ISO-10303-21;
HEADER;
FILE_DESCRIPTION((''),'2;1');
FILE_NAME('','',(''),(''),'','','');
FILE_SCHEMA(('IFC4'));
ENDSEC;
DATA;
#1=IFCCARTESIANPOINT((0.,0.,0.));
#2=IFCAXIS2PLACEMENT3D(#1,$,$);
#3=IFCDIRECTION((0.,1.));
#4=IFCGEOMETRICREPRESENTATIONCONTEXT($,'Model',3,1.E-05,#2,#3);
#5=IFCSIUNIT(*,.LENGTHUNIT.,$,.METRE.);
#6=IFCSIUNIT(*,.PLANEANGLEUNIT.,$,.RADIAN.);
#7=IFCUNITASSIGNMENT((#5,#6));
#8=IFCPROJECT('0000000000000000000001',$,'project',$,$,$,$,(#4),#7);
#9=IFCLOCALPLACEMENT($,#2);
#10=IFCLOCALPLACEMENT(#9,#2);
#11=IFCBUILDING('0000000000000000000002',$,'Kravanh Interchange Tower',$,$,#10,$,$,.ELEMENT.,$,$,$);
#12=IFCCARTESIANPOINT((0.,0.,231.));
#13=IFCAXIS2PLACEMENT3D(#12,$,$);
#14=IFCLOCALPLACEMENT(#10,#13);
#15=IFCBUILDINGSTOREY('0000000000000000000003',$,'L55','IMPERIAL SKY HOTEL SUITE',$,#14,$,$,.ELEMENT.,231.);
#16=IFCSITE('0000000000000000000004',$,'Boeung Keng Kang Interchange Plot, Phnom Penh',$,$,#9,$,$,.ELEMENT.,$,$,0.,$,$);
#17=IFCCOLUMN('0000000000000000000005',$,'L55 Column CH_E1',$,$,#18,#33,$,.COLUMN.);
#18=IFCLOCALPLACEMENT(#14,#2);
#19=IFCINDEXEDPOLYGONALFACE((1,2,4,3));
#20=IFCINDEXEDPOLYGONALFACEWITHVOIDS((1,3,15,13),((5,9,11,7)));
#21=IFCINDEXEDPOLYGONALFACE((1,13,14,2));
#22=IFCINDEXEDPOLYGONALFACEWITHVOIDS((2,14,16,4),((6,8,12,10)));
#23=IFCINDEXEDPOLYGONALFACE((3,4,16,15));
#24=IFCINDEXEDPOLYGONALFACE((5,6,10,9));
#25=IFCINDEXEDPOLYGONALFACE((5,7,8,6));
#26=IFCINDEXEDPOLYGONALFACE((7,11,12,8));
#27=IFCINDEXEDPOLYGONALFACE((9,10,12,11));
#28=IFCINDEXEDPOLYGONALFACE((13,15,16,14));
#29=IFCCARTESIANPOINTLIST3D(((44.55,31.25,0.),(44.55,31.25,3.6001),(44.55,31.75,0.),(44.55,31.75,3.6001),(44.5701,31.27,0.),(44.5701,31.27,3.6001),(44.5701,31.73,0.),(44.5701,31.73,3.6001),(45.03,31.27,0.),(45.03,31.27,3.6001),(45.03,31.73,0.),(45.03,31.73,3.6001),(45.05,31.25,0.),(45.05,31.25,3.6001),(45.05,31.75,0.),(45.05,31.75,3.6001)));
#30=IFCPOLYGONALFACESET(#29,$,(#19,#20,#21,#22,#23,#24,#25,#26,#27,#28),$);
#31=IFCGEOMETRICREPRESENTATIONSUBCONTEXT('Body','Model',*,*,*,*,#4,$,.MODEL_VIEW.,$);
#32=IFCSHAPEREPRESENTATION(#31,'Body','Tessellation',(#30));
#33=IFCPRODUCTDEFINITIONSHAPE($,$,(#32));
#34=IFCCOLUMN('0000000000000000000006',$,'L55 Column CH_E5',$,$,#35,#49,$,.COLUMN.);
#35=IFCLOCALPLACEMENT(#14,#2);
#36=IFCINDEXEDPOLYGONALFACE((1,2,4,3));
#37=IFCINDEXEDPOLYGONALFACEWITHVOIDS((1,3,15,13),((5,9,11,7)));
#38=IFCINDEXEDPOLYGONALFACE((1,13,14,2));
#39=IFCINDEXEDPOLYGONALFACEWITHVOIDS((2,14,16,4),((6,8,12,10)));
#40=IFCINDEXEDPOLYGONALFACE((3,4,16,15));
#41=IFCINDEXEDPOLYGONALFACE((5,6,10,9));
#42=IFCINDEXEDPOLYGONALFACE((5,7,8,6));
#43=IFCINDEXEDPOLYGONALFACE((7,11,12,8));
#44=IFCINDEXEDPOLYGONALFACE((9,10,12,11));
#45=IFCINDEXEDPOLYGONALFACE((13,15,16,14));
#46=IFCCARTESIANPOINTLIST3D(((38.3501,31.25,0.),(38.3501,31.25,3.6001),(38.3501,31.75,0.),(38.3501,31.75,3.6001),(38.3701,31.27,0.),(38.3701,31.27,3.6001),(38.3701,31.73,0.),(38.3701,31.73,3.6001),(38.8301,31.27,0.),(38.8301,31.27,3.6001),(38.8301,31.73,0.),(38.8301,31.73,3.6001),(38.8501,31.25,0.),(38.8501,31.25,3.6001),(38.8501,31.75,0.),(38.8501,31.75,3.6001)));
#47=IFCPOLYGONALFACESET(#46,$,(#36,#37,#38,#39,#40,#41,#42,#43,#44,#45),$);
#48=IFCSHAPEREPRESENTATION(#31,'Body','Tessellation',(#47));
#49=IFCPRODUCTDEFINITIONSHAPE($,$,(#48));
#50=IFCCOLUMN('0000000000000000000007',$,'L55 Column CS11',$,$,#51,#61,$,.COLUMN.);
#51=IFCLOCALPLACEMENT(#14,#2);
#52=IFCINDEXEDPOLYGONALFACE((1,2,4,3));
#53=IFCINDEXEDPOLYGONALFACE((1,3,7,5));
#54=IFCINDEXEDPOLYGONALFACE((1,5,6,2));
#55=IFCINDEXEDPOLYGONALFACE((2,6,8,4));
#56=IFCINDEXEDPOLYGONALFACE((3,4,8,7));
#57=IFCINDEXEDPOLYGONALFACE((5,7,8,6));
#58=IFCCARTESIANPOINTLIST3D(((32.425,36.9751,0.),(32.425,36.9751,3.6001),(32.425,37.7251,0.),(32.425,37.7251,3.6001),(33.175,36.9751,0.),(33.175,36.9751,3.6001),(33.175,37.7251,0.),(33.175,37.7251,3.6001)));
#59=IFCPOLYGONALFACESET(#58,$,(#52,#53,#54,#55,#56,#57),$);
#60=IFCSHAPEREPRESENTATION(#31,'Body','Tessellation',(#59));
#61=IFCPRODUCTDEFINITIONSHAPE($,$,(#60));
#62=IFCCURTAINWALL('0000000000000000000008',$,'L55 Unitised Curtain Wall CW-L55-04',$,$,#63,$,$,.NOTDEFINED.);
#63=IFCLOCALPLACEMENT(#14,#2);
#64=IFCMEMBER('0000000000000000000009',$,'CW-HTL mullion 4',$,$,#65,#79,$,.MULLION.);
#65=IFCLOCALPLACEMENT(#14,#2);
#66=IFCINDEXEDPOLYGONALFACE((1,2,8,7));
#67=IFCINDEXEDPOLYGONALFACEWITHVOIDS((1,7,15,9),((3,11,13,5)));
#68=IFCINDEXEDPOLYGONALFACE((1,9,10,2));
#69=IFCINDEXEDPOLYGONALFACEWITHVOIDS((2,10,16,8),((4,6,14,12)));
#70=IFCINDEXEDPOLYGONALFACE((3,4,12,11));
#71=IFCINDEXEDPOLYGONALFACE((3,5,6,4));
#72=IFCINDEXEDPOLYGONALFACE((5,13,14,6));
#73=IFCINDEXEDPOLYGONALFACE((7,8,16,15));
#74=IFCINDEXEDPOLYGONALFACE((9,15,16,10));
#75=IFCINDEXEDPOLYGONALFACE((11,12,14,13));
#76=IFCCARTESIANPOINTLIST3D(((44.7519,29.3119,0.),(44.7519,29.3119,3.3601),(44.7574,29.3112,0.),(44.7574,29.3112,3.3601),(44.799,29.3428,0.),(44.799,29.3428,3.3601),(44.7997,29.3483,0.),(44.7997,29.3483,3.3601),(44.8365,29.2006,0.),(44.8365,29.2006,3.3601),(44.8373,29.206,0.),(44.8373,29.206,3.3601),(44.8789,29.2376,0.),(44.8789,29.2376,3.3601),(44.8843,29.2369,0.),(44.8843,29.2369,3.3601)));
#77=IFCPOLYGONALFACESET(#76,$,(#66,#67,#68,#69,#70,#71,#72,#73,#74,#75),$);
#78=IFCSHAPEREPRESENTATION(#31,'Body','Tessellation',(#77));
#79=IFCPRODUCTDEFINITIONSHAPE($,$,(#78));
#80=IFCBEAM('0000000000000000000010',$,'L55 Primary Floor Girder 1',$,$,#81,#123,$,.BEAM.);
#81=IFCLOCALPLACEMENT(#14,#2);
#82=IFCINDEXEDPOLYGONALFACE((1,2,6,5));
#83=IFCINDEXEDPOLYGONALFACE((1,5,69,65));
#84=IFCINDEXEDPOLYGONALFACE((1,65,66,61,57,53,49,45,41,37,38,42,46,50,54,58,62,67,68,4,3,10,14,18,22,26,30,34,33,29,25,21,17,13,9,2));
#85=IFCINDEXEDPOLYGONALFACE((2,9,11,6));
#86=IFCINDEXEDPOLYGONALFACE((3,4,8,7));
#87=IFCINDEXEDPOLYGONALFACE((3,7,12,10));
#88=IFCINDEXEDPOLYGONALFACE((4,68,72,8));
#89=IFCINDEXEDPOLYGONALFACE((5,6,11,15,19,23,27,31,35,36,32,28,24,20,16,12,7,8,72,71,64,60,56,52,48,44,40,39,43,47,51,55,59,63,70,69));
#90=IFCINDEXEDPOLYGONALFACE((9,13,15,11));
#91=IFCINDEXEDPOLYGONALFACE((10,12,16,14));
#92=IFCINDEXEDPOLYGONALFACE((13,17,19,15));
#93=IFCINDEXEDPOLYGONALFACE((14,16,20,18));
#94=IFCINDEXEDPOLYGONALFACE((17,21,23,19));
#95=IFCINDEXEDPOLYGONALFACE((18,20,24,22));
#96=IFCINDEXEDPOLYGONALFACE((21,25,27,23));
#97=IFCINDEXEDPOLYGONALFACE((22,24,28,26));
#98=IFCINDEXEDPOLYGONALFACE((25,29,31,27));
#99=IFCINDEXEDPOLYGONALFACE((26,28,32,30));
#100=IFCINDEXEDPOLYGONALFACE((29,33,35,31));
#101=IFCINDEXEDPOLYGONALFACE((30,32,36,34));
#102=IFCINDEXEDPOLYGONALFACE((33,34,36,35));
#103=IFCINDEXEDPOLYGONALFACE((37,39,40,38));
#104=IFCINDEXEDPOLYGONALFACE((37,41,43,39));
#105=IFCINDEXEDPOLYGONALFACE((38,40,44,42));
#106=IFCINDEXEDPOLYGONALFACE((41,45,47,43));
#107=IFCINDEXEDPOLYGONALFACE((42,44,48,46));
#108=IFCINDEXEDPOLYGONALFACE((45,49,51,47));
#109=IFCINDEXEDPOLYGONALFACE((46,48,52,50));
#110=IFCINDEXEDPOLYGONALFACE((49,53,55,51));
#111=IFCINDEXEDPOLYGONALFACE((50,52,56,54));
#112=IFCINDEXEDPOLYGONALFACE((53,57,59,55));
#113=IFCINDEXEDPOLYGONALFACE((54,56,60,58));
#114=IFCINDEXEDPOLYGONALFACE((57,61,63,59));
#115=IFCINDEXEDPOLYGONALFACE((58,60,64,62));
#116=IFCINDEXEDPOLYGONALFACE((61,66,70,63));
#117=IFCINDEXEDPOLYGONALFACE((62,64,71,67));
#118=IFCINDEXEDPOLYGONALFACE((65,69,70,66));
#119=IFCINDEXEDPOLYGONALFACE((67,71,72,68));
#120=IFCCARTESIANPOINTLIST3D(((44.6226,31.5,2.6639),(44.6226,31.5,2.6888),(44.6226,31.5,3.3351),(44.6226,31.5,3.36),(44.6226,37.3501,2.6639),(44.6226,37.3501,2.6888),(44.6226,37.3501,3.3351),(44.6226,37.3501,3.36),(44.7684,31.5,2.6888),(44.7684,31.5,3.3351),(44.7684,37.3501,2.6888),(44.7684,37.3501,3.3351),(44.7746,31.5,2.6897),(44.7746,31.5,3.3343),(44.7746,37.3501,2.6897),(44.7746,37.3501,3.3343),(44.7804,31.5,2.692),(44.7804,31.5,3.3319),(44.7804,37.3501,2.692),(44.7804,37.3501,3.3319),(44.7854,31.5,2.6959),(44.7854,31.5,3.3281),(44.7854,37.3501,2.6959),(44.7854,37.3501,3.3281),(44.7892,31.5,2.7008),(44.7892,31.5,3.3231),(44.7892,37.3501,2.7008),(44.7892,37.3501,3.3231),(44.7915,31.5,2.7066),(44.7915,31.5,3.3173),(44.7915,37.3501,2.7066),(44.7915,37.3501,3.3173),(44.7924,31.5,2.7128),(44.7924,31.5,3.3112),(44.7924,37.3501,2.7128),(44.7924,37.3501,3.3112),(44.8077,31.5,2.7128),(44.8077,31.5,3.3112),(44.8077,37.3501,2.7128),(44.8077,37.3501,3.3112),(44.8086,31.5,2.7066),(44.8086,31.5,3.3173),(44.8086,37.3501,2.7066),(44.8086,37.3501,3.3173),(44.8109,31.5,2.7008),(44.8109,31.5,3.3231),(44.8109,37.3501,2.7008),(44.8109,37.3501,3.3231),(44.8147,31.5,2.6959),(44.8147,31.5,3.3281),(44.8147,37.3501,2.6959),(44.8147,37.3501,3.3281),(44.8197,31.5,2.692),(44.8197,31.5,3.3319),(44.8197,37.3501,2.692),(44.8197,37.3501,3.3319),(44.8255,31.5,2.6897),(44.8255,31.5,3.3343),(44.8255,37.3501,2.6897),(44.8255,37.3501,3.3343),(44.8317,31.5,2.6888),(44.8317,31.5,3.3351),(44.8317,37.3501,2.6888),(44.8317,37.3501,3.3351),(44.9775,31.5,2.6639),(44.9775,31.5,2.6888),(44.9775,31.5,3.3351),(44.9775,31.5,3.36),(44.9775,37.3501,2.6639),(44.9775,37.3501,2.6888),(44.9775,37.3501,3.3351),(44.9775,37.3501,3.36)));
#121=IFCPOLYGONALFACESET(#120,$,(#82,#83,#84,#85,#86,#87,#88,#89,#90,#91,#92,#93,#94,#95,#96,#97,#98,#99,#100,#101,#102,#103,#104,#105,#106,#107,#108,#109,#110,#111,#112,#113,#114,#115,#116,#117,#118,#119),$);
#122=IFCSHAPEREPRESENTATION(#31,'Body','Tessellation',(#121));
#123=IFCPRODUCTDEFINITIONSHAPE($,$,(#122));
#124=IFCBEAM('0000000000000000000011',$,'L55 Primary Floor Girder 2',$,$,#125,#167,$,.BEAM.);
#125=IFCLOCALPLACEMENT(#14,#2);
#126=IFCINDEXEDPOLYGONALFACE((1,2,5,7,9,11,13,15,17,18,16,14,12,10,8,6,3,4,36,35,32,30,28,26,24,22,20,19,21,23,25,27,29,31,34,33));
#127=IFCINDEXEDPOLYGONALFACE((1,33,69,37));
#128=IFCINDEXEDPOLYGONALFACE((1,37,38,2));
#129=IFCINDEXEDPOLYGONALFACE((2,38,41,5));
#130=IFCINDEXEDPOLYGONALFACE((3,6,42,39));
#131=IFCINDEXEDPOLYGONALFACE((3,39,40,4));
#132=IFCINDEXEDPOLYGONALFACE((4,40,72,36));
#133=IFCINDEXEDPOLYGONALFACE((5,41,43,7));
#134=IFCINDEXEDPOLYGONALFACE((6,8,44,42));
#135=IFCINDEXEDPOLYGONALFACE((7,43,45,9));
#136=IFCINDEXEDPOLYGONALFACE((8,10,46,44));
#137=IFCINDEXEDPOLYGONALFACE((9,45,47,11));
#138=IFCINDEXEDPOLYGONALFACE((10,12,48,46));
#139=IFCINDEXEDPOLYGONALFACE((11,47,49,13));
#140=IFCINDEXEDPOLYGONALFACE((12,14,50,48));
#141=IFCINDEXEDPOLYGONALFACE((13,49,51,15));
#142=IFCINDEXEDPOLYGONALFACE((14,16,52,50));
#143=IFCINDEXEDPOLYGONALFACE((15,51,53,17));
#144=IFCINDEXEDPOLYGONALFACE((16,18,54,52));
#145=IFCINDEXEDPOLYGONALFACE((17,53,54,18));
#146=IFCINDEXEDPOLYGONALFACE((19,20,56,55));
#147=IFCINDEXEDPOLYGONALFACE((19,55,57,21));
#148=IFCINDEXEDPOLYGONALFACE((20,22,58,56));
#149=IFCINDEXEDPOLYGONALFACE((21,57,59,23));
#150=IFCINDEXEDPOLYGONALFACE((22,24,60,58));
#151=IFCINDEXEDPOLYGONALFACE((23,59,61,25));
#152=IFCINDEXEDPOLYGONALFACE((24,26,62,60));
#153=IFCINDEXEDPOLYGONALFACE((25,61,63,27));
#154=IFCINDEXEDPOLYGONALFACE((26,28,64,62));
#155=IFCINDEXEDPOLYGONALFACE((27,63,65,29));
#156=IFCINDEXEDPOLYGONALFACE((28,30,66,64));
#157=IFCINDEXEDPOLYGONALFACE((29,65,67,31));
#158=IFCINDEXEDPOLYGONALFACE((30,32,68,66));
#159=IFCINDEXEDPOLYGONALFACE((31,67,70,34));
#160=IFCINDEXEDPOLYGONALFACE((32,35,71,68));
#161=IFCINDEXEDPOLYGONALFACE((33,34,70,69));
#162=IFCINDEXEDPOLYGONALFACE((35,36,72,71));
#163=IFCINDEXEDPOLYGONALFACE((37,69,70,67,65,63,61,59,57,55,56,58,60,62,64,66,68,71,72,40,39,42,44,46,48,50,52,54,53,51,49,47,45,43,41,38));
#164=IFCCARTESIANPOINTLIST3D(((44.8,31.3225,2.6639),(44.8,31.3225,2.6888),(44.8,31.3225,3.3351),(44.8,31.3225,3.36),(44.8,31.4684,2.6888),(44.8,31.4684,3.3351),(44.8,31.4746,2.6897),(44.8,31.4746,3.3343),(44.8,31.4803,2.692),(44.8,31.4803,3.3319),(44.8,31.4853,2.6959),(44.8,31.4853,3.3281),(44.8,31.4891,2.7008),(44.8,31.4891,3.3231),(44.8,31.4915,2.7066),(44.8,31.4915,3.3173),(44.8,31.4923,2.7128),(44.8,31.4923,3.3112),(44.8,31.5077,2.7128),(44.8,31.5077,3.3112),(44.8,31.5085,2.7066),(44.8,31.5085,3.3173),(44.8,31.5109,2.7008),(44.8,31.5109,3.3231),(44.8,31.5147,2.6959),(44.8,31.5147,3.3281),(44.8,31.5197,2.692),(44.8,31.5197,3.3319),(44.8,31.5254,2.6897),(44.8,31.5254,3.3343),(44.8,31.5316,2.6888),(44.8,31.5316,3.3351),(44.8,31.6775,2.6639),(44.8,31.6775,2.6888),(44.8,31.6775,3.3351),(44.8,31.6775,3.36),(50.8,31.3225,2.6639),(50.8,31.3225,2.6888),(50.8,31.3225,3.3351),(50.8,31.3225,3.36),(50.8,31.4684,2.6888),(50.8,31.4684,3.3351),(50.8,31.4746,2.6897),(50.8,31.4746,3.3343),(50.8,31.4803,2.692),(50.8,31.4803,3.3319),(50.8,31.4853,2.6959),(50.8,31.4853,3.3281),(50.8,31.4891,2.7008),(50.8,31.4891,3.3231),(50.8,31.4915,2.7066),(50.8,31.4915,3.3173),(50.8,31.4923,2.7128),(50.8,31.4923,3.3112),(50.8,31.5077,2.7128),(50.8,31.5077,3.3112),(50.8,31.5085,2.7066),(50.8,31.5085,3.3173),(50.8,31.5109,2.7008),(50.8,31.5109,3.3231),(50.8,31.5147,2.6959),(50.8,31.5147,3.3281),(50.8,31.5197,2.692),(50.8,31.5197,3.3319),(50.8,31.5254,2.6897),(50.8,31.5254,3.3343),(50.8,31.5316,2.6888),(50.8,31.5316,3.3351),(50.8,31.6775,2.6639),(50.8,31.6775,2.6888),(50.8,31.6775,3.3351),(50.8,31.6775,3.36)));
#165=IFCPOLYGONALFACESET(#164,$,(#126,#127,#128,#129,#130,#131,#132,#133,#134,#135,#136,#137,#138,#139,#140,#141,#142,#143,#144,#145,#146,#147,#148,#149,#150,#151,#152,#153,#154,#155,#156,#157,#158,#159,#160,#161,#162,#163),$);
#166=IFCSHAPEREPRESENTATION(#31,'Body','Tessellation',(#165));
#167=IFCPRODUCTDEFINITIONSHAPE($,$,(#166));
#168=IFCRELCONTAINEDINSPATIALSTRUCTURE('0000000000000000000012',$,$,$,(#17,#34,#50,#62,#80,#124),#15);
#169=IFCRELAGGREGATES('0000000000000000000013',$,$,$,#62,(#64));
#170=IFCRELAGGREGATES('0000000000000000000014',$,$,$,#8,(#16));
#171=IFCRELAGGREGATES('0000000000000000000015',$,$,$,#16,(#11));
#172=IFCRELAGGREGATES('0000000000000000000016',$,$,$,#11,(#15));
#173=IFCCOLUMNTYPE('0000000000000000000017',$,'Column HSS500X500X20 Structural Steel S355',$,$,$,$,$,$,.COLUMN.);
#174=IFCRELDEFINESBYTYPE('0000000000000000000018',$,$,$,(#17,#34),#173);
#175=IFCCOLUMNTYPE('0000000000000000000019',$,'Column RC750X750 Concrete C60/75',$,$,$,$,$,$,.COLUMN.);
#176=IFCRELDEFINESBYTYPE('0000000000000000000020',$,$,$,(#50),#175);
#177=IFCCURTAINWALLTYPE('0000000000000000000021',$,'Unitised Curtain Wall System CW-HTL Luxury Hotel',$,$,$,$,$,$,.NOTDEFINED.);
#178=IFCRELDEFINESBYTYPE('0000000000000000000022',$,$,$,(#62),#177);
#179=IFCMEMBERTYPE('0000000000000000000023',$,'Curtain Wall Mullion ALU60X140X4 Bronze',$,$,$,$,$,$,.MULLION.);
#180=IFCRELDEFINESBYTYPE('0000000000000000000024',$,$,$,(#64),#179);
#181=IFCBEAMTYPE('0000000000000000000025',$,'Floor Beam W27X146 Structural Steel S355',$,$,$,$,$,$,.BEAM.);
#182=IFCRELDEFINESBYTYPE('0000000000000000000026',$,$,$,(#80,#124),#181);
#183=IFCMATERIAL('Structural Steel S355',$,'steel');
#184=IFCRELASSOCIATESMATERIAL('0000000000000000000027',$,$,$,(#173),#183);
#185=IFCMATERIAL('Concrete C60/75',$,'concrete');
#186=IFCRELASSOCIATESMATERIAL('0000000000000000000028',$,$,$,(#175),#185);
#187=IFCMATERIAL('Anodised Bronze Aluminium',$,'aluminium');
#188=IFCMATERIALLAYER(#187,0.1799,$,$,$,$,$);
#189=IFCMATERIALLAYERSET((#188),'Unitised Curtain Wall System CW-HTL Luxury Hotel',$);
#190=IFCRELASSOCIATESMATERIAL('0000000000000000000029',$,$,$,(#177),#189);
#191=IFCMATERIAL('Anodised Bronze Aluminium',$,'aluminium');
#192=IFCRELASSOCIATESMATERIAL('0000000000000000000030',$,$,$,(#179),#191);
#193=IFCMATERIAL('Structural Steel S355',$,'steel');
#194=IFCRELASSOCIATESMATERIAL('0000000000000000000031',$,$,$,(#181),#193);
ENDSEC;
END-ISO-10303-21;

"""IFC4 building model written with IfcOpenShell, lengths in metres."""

from ifc_helpers import new_model, si_unit, direction, frame, origin, origin_2d, place, context, subcontext, project, spatial, rectangle, hollow_rectangle, i_section, extrude, material, layer, layer_set, material_profile, profile_set, type_object, element, aggregate, save


model = new_model("IFC4")

# Units and contexts
model_context = context("Model", 3, precision=1e-05, world=origin(), true_north=direction((0.0, 1.0)))
body_context = subcontext(model_context, "Body", "Model", "MODEL_VIEW")
ifc_project = project(units=[si_unit("LENGTHUNIT", "METRE"), si_unit("PLANEANGLEUNIT", "RADIAN")], contexts=[model_context])

# Site, building, storey
site_placement = place(None, origin())
site = spatial("IfcSite", under=ifc_project, at=site_placement, Name="Boeung Keng Kang Interchange Plot, Phnom Penh", CompositionType="ELEMENT", RefElevation=0.0)
building_placement = place(site_placement, origin())
building = spatial("IfcBuilding", under=site, at=building_placement, Name="Kravanh Interchange Tower", CompositionType="ELEMENT")
storey_placement = place(building_placement, frame((0.0, 0.0, 231.0)))
storey = spatial("IfcBuildingStorey", under=building, at=storey_placement, Name="L55", Description="IMPERIAL SKY HOTEL SUITE", CompositionType="ELEMENT", Elevation=231.0)

# Columns
ifc_material_1 = material(Name="Structural Steel S355", Category="steel")
ifc_material_profile_1 = material_profile(ifc_material_1, hollow_rectangle(XDim=0.5, YDim=0.5, WallThickness=0.02, at=origin_2d()), Name="HSS500X500X20")
ifc_profile_set_1 = profile_set([ifc_material_profile_1], Name="Structural Steel S355")
column_type_1 = type_object("IfcColumnType", Name="Column HSS500X500X20 Structural Steel S355", PredefinedType="COLUMN", material=ifc_profile_set_1)
for number, where, z_axis, x_axis, name in (
    (1, (44.8, 31.5, 0.0), (0.0, 0.0, 1.0), (1.0, 0.0, 0.0), "L55 Column CH_E1"),
    (2, (38.6001, 31.5, 0.0), (0.0, 0.0, 1.0), (1.0, 0.0, 0.0), "L55 Column CH_E5"),
):
    element("IfcColumn", number, at=place(storey_placement, frame(where, z_axis=z_axis, x_axis=x_axis)), inside=storey, type_object=column_type_1, Name=name, PredefinedType="COLUMN", context=body_context, shape_type="SweptSolid", body=[
        extrude(hollow_rectangle(XDim=0.5, YDim=0.5, WallThickness=0.02, at=origin_2d()), origin(), (0.0, 0.0, 1.0), 3.6001),
    ])
ifc_material_2 = material(Name="Concrete C60/75", Category="concrete")
ifc_material_profile_2 = material_profile(ifc_material_2, rectangle(XDim=0.75, YDim=0.75, at=origin_2d()), Name="RC750X750")
ifc_profile_set_2 = profile_set([ifc_material_profile_2], Name="Concrete C60/75")
column_type_2 = type_object("IfcColumnType", Name="Column RC750X750 Concrete C60/75", PredefinedType="COLUMN", material=ifc_profile_set_2)
column_placement = place(storey_placement, frame((32.8, 37.3501, 0.0), z_axis=(0.0, 0.0, 1.0), x_axis=(1.0, 0.0, 0.0)))
element("IfcColumn", 3, at=column_placement, inside=storey, type_object=column_type_2, Name="L55 Column CS11", PredefinedType="COLUMN", context=body_context, shape_type="SweptSolid", body=[
    extrude(rectangle(XDim=0.75, YDim=0.75, at=origin_2d()), origin(), (0.0, 0.0, 1.0), 3.6001),
])

# Curtain wall, member
ifc_material_3 = material(Name="Anodised Bronze Aluminium", Category="aluminium")
ifc_layer_1 = layer(ifc_material_3, 0.1799)
ifc_layer_set_1 = layer_set([ifc_layer_1], Name="Unitised Curtain Wall System CW-HTL Luxury Hotel")
curtain_wall_type = type_object("IfcCurtainWallType", Name="Unitised Curtain Wall System CW-HTL Luxury Hotel", PredefinedType="NOTDEFINED", material=ifc_layer_set_1)
curtain_wall_placement = place(storey_placement, origin())
curtain_wall = element("IfcCurtainWall", 4, at=curtain_wall_placement, inside=storey, type_object=curtain_wall_type, Name="L55 Unitised Curtain Wall CW-L55-04", PredefinedType="NOTDEFINED")
ifc_material_4 = material(Name="Anodised Bronze Aluminium", Category="aluminium")
ifc_material_profile_3 = material_profile(ifc_material_4, hollow_rectangle(XDim=0.0601, YDim=0.1399, WallThickness=0.0039, at=origin_2d()), Name="ALU60X140X4")
ifc_profile_set_3 = profile_set([ifc_material_profile_3], Name="Anodised Bronze Aluminium")
member_type = type_object("IfcMemberType", Name="Curtain Wall Mullion ALU60X140X4 Bronze", PredefinedType="MULLION", material=ifc_profile_set_3)
member_placement = place(storey_placement, frame((44.8181, 29.2744, 0.0), z_axis=(0.0, 0.0, 1.0), x_axis=(-0.796162, -0.605083, 0.0)))
member = element("IfcMember", 5, at=member_placement, type_object=member_type, Name="CW-HTL mullion 4", PredefinedType="MULLION", context=body_context, shape_type="SweptSolid", body=[
    extrude(hollow_rectangle(XDim=0.0601, YDim=0.1399, WallThickness=0.0039, at=origin_2d()), origin(), (0.0, 0.0, 1.0), 3.3601),
])
aggregate(curtain_wall, [member])

# Beams
ifc_material_5 = material(Name="Structural Steel S355", Category="steel")
ifc_material_profile_4 = material_profile(ifc_material_5, i_section(OverallWidth=0.355, OverallDepth=0.696, WebThickness=0.0154, FlangeThickness=0.0249, FilletRadius=0.0239, at=origin_2d()), Name="W27X146")
ifc_profile_set_4 = profile_set([ifc_material_profile_4], Name="Structural Steel S355")
beam_type_1 = type_object("IfcBeamType", Name="Floor Beam W27X146 Structural Steel S355", PredefinedType="BEAM", material=ifc_profile_set_4)
beam_1_placement = place(storey_placement, frame((44.8, 31.5, 3.012), z_axis=(0.0, 1.0, 0.0), x_axis=(-1.0, 0.0, 0.0)))
element("IfcBeam", 6, at=beam_1_placement, inside=storey, type_object=beam_type_1, Name="L55 Primary Floor Girder 1", PredefinedType="BEAM", context=body_context, shape_type="SweptSolid", body=[
    extrude(i_section(OverallWidth=0.355, OverallDepth=0.696, WebThickness=0.0154, FlangeThickness=0.0249, FilletRadius=0.0239, at=origin_2d()), origin(), (0.0, 0.0, 1.0), 5.8501),
])
beam_2_placement = place(storey_placement, frame((44.8, 31.5, 3.012), z_axis=(1.0, 0.0, 0.0), x_axis=(0.0, 1.0, 0.0)))
element("IfcBeam", 7, at=beam_2_placement, inside=storey, type_object=beam_type_1, Name="L55 Primary Floor Girder 2", PredefinedType="BEAM", context=body_context, shape_type="SweptSolid", body=[
    extrude(i_section(OverallWidth=0.355, OverallDepth=0.696, WebThickness=0.0154, FlangeThickness=0.0249, FilletRadius=0.0239, at=origin_2d()), origin(), (0.0, 0.0, 1.0), 6.0),
])

save(model, "model.ifc")
